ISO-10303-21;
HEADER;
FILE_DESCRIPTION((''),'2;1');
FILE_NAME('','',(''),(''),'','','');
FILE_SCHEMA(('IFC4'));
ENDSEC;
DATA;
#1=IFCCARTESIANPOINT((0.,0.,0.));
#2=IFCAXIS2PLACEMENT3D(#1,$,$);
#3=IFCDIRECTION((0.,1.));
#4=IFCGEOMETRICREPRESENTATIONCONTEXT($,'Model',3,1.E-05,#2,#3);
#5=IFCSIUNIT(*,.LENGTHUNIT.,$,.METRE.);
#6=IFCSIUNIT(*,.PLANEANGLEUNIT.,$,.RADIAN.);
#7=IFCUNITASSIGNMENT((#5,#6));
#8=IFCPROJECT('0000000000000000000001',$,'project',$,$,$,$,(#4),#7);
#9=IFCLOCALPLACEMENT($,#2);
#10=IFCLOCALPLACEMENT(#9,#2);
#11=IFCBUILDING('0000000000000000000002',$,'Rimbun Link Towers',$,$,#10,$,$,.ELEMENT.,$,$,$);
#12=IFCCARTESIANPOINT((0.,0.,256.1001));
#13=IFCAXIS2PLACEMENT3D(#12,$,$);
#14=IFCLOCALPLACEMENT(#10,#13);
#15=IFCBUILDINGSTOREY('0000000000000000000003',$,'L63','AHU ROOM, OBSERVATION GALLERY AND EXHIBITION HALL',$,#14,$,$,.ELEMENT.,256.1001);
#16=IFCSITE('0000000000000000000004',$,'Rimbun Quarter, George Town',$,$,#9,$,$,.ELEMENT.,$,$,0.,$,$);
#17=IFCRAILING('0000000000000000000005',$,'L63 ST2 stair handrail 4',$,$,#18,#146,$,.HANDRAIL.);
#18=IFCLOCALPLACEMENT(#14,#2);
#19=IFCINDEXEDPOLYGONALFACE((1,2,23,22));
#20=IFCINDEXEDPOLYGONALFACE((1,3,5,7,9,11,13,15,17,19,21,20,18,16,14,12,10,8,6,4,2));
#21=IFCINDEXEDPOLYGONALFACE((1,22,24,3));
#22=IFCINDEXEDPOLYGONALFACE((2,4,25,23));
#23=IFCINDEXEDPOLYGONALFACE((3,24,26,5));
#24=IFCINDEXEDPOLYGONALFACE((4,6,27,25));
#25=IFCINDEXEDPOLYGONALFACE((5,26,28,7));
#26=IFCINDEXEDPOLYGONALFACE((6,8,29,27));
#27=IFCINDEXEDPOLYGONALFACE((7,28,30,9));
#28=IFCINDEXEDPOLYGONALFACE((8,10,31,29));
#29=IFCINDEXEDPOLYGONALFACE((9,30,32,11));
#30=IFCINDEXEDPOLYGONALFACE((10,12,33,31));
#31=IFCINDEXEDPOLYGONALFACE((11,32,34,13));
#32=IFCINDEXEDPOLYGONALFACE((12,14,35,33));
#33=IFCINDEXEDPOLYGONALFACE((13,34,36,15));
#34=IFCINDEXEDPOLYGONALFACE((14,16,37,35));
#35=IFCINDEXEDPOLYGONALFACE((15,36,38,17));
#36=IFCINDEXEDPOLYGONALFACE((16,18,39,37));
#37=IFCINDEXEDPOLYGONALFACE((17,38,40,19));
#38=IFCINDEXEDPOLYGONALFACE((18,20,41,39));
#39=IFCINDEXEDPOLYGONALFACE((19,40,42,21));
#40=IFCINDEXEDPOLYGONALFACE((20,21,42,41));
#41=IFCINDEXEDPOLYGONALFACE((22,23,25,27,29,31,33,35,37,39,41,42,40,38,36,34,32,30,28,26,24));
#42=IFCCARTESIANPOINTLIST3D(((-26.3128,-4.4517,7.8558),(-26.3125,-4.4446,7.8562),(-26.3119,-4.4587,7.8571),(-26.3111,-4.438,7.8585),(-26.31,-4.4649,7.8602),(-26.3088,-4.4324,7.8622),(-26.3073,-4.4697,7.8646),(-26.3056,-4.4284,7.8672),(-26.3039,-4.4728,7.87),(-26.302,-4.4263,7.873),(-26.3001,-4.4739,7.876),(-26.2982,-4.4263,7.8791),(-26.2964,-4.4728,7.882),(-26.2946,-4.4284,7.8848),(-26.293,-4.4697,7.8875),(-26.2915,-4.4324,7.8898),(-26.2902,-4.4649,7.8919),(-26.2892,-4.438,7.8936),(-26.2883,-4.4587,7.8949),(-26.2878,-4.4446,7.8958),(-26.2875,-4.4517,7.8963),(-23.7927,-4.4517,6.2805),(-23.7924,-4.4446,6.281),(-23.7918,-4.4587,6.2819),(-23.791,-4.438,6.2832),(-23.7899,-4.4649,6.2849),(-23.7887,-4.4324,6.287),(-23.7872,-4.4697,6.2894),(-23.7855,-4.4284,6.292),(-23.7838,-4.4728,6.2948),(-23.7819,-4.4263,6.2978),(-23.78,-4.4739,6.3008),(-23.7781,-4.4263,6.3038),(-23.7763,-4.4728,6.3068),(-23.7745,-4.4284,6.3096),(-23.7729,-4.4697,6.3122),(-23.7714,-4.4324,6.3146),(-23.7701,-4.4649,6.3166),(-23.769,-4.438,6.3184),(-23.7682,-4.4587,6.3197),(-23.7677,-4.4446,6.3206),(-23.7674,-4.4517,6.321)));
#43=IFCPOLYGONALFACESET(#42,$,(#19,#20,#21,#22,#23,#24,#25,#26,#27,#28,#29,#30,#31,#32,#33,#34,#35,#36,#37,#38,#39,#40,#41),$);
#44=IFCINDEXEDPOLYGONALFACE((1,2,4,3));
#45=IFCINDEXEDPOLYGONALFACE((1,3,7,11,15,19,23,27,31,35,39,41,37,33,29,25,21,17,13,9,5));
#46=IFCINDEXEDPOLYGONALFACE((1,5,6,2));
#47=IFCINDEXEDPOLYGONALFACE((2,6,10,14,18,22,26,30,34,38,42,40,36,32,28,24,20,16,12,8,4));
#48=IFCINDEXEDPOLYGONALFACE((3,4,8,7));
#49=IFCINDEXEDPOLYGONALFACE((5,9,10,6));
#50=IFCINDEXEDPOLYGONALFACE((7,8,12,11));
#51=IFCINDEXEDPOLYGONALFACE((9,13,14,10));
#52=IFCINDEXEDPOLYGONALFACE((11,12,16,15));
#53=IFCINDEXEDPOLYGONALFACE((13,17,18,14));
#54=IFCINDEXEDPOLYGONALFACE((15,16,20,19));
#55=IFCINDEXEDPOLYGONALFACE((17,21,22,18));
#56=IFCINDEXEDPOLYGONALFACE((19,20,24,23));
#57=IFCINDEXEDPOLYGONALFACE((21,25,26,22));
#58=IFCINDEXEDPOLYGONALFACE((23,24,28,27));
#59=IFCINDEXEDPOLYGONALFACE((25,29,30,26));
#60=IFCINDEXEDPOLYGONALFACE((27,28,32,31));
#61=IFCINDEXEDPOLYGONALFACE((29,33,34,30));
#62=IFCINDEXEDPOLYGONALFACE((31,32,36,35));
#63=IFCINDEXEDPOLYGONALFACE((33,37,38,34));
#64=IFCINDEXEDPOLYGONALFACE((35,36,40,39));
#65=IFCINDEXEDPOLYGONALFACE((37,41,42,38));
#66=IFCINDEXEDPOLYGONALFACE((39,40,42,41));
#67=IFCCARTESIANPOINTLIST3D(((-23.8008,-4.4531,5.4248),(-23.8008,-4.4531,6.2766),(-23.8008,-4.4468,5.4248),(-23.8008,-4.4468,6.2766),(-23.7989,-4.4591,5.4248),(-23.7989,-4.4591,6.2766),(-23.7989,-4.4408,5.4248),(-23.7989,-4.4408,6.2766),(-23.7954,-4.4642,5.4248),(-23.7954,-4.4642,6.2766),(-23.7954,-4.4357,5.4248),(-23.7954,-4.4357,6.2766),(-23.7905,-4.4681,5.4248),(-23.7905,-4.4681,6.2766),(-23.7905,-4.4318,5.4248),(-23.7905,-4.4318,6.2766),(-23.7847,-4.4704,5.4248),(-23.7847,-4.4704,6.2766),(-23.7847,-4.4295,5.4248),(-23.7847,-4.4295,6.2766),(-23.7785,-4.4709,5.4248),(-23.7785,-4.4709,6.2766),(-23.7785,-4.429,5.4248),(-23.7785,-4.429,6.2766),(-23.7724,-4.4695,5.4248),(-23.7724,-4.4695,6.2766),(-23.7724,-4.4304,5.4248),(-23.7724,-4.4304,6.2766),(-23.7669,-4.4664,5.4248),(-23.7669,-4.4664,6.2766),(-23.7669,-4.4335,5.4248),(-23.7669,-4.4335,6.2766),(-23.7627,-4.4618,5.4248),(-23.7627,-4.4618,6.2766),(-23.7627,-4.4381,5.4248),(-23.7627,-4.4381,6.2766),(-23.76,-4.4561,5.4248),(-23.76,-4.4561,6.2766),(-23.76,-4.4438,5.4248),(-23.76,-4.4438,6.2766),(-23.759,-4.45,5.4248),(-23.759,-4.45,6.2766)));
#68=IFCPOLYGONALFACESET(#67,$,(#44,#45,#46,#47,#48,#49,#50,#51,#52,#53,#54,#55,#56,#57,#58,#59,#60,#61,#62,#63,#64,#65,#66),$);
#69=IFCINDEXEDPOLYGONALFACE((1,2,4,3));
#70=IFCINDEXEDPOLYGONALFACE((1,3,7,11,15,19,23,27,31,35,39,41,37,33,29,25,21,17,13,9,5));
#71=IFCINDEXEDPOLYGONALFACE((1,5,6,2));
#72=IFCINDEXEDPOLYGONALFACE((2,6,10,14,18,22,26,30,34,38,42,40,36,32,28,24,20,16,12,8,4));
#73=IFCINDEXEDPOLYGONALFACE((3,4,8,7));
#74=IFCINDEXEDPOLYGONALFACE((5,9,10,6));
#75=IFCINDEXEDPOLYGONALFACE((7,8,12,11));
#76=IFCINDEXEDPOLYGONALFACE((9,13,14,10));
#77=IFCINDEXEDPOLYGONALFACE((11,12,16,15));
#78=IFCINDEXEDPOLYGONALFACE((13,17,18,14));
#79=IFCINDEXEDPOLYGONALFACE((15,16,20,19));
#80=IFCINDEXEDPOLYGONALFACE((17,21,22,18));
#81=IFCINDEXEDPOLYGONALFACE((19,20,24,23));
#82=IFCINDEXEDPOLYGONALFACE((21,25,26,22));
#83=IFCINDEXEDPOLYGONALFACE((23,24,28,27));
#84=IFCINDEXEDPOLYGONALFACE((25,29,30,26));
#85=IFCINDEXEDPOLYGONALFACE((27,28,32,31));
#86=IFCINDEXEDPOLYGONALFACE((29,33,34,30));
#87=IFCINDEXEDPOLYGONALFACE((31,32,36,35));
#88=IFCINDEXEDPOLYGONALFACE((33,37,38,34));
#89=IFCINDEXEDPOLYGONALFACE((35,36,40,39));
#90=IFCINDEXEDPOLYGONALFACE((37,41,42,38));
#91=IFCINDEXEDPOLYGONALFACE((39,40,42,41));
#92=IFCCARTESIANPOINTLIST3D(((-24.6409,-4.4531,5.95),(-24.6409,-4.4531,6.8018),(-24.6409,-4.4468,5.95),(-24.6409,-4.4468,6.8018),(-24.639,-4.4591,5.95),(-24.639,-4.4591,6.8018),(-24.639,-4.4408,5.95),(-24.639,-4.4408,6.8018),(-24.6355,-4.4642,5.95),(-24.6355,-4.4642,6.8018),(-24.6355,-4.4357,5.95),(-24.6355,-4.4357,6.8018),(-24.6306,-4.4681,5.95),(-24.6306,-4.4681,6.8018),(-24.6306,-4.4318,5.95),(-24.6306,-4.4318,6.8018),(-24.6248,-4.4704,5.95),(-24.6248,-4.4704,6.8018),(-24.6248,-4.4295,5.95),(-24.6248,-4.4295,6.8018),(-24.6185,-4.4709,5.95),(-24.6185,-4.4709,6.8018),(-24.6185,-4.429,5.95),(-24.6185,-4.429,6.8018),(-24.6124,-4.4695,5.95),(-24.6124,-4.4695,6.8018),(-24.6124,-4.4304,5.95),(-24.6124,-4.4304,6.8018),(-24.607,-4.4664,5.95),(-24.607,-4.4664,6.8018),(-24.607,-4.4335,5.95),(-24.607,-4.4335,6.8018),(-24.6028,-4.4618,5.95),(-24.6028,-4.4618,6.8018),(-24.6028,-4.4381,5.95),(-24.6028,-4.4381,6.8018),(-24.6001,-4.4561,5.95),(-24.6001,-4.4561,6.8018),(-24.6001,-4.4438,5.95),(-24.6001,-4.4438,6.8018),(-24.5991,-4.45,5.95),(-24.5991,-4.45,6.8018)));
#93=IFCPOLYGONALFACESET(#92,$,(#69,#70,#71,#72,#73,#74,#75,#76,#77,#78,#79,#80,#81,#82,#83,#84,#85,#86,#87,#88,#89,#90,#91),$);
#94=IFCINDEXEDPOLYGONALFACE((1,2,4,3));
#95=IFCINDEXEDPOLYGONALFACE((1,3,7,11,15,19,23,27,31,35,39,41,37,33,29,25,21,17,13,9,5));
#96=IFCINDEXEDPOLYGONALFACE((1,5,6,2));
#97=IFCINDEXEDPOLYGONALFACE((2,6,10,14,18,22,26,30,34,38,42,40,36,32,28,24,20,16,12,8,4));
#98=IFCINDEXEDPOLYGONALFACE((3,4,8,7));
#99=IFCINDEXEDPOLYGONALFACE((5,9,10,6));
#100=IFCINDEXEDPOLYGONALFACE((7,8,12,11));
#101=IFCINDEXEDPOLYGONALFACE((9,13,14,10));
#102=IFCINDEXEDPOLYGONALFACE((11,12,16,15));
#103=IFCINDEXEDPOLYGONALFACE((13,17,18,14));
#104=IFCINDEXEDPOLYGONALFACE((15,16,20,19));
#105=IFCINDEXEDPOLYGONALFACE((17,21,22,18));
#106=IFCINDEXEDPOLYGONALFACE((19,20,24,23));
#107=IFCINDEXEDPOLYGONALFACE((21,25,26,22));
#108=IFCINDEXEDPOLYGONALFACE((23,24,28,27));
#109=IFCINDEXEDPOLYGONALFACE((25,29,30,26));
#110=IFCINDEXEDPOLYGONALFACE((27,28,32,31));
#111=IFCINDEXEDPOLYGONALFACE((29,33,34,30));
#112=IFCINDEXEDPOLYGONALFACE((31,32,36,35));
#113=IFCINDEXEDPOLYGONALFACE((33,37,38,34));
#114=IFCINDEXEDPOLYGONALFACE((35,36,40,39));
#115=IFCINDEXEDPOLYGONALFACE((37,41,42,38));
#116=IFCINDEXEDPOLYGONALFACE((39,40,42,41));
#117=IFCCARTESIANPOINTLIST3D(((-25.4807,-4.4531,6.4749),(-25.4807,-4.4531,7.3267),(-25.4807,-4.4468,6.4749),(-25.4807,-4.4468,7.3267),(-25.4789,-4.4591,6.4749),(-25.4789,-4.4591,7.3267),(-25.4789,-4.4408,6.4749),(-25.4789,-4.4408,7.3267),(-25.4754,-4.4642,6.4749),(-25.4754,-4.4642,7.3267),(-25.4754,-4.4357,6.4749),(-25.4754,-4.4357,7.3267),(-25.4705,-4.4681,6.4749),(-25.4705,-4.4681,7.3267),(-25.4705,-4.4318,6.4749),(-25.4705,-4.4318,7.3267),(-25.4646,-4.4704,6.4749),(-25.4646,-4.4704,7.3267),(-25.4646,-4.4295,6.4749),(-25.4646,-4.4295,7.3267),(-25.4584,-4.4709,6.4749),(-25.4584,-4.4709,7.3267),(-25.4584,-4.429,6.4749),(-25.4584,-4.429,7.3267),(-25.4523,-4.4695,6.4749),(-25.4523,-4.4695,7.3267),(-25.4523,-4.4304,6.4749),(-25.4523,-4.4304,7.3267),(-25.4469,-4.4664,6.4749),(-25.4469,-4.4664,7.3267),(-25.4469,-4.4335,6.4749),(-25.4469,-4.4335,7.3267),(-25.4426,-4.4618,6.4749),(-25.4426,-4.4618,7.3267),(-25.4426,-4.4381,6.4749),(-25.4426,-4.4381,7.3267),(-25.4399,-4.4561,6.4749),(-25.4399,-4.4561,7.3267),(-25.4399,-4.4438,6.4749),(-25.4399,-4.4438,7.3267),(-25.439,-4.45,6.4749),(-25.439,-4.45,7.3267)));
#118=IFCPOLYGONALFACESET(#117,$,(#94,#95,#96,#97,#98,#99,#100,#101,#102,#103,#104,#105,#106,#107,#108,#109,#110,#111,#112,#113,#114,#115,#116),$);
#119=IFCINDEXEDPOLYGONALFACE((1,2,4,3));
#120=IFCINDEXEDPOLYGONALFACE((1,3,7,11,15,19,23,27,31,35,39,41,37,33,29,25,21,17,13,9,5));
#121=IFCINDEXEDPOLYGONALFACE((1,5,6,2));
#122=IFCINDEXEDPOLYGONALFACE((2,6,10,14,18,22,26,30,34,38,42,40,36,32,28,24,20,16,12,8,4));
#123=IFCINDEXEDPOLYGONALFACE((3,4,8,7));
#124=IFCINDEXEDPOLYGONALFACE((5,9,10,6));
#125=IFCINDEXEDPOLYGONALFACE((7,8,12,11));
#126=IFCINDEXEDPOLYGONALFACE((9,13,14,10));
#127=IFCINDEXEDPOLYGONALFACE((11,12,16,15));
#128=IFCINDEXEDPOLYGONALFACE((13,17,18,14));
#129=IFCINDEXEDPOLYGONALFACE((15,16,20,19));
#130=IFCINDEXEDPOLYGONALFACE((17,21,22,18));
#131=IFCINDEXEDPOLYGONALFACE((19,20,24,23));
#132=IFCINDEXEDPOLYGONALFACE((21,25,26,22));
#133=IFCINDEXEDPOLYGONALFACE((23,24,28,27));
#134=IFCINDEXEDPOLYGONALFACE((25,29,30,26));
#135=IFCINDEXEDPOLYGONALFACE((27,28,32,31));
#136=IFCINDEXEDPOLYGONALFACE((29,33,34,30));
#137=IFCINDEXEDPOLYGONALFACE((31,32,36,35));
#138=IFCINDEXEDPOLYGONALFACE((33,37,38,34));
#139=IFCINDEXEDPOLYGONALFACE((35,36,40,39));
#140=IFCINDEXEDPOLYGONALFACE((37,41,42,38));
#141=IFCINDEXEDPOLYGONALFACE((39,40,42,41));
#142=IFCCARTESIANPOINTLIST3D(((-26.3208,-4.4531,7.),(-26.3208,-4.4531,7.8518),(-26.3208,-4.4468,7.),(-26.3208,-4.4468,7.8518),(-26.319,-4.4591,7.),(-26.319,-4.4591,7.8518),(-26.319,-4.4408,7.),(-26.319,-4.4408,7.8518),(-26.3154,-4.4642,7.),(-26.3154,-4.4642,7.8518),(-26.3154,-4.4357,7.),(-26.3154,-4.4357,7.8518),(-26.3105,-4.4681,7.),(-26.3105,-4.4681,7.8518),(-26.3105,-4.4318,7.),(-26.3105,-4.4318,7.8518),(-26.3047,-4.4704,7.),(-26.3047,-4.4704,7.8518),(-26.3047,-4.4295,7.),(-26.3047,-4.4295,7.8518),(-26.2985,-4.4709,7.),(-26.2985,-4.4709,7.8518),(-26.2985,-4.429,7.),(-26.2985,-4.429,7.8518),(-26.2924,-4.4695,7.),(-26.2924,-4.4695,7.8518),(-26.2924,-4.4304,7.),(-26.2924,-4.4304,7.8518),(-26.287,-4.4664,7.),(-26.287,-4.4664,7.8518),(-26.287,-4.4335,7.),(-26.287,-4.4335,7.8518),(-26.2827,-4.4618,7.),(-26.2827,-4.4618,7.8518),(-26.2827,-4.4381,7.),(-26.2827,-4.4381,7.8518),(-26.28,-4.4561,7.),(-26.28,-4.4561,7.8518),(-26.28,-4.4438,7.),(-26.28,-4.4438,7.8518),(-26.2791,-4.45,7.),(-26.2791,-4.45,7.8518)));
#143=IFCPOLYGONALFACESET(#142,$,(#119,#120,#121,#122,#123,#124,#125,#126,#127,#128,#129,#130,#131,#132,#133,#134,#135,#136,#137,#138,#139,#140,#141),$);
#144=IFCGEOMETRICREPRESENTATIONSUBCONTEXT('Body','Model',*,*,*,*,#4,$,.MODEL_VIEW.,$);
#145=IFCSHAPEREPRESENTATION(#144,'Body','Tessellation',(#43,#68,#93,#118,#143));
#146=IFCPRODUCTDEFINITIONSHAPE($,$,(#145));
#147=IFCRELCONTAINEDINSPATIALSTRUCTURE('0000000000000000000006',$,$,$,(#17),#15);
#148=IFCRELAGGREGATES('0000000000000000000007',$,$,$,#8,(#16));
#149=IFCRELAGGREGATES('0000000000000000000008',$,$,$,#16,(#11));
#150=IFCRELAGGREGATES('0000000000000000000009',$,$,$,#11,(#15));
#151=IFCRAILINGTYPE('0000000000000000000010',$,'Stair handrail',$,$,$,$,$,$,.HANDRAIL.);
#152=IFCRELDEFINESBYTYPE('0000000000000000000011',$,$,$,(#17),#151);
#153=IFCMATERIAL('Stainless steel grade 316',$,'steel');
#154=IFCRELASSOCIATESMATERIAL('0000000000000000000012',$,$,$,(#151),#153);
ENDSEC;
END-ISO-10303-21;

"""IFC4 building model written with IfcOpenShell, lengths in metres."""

from ifc_helpers import new_model, si_unit, direction, frame, origin, origin_2d, place, context, subcontext, project, spatial, circle, extrude, material, type_object, element, save


model = new_model("IFC4")

# Units and contexts
model_context = context("Model", 3, precision=1e-05, world=origin(), true_north=direction((0.0, 1.0)))
body_context = subcontext(model_context, "Body", "Model", "MODEL_VIEW")
ifc_project = project(units=[si_unit("LENGTHUNIT", "METRE"), si_unit("PLANEANGLEUNIT", "RADIAN")], contexts=[model_context])

# Site, building, storey
site_placement = place(None, origin())
site = spatial("IfcSite", under=ifc_project, at=site_placement, Name="Rimbun Quarter, George Town", CompositionType="ELEMENT", RefElevation=0.0)
building_placement = place(site_placement, origin())
building = spatial("IfcBuilding", under=site, at=building_placement, Name="Rimbun Link Towers", CompositionType="ELEMENT")
storey_placement = place(building_placement, frame((0.0, 0.0, 256.1001)))
storey = spatial("IfcBuildingStorey", under=building, at=storey_placement, Name="L63", Description="AHU ROOM, OBSERVATION GALLERY AND EXHIBITION HALL", CompositionType="ELEMENT", Elevation=256.1001)

# Railing
ifc_material_1 = material(Name="Stainless steel grade 316", Category="steel")
railing_type_1 = type_object("IfcRailingType", Name="Stair handrail", PredefinedType="HANDRAIL", material=ifc_material_1)
railing_1_placement = place(storey_placement, frame((-23.78, -4.45, 5.4248)))
element("IfcRailing", 1, at=railing_1_placement, inside=storey, type_object=railing_type_1, Name="L63 ST2 stair handrail 4", PredefinedType="HANDRAIL", context=body_context, shape_type="SweptSolid", body=[
    extrude(circle(Radius=0.0239, at=origin_2d()), frame((0.0, 0.0, 0.876), z_axis=(-0.847971, 0.0, 0.530043), x_axis=(0.0, -1.0, 0.0)), (0.0, 0.0, 1.0), 2.9719),
    extrude(circle(Radius=0.021, at=origin_2d()), origin(), (0.0, 0.0, 1.0), 0.8518),
    extrude(circle(Radius=0.021, at=origin_2d()), frame((-0.8401, 0.0, 0.5251)), (0.0, 0.0, 1.0), 0.8518),
    extrude(circle(Radius=0.021, at=origin_2d()), frame((-1.6799, 0.0, 1.05)), (0.0, 0.0, 1.0), 0.8518),
    extrude(circle(Radius=0.021, at=origin_2d()), frame((-2.52, 0.0, 1.5752)), (0.0, 0.0, 1.0), 0.8518),
])

save(model, "model.ifc")
